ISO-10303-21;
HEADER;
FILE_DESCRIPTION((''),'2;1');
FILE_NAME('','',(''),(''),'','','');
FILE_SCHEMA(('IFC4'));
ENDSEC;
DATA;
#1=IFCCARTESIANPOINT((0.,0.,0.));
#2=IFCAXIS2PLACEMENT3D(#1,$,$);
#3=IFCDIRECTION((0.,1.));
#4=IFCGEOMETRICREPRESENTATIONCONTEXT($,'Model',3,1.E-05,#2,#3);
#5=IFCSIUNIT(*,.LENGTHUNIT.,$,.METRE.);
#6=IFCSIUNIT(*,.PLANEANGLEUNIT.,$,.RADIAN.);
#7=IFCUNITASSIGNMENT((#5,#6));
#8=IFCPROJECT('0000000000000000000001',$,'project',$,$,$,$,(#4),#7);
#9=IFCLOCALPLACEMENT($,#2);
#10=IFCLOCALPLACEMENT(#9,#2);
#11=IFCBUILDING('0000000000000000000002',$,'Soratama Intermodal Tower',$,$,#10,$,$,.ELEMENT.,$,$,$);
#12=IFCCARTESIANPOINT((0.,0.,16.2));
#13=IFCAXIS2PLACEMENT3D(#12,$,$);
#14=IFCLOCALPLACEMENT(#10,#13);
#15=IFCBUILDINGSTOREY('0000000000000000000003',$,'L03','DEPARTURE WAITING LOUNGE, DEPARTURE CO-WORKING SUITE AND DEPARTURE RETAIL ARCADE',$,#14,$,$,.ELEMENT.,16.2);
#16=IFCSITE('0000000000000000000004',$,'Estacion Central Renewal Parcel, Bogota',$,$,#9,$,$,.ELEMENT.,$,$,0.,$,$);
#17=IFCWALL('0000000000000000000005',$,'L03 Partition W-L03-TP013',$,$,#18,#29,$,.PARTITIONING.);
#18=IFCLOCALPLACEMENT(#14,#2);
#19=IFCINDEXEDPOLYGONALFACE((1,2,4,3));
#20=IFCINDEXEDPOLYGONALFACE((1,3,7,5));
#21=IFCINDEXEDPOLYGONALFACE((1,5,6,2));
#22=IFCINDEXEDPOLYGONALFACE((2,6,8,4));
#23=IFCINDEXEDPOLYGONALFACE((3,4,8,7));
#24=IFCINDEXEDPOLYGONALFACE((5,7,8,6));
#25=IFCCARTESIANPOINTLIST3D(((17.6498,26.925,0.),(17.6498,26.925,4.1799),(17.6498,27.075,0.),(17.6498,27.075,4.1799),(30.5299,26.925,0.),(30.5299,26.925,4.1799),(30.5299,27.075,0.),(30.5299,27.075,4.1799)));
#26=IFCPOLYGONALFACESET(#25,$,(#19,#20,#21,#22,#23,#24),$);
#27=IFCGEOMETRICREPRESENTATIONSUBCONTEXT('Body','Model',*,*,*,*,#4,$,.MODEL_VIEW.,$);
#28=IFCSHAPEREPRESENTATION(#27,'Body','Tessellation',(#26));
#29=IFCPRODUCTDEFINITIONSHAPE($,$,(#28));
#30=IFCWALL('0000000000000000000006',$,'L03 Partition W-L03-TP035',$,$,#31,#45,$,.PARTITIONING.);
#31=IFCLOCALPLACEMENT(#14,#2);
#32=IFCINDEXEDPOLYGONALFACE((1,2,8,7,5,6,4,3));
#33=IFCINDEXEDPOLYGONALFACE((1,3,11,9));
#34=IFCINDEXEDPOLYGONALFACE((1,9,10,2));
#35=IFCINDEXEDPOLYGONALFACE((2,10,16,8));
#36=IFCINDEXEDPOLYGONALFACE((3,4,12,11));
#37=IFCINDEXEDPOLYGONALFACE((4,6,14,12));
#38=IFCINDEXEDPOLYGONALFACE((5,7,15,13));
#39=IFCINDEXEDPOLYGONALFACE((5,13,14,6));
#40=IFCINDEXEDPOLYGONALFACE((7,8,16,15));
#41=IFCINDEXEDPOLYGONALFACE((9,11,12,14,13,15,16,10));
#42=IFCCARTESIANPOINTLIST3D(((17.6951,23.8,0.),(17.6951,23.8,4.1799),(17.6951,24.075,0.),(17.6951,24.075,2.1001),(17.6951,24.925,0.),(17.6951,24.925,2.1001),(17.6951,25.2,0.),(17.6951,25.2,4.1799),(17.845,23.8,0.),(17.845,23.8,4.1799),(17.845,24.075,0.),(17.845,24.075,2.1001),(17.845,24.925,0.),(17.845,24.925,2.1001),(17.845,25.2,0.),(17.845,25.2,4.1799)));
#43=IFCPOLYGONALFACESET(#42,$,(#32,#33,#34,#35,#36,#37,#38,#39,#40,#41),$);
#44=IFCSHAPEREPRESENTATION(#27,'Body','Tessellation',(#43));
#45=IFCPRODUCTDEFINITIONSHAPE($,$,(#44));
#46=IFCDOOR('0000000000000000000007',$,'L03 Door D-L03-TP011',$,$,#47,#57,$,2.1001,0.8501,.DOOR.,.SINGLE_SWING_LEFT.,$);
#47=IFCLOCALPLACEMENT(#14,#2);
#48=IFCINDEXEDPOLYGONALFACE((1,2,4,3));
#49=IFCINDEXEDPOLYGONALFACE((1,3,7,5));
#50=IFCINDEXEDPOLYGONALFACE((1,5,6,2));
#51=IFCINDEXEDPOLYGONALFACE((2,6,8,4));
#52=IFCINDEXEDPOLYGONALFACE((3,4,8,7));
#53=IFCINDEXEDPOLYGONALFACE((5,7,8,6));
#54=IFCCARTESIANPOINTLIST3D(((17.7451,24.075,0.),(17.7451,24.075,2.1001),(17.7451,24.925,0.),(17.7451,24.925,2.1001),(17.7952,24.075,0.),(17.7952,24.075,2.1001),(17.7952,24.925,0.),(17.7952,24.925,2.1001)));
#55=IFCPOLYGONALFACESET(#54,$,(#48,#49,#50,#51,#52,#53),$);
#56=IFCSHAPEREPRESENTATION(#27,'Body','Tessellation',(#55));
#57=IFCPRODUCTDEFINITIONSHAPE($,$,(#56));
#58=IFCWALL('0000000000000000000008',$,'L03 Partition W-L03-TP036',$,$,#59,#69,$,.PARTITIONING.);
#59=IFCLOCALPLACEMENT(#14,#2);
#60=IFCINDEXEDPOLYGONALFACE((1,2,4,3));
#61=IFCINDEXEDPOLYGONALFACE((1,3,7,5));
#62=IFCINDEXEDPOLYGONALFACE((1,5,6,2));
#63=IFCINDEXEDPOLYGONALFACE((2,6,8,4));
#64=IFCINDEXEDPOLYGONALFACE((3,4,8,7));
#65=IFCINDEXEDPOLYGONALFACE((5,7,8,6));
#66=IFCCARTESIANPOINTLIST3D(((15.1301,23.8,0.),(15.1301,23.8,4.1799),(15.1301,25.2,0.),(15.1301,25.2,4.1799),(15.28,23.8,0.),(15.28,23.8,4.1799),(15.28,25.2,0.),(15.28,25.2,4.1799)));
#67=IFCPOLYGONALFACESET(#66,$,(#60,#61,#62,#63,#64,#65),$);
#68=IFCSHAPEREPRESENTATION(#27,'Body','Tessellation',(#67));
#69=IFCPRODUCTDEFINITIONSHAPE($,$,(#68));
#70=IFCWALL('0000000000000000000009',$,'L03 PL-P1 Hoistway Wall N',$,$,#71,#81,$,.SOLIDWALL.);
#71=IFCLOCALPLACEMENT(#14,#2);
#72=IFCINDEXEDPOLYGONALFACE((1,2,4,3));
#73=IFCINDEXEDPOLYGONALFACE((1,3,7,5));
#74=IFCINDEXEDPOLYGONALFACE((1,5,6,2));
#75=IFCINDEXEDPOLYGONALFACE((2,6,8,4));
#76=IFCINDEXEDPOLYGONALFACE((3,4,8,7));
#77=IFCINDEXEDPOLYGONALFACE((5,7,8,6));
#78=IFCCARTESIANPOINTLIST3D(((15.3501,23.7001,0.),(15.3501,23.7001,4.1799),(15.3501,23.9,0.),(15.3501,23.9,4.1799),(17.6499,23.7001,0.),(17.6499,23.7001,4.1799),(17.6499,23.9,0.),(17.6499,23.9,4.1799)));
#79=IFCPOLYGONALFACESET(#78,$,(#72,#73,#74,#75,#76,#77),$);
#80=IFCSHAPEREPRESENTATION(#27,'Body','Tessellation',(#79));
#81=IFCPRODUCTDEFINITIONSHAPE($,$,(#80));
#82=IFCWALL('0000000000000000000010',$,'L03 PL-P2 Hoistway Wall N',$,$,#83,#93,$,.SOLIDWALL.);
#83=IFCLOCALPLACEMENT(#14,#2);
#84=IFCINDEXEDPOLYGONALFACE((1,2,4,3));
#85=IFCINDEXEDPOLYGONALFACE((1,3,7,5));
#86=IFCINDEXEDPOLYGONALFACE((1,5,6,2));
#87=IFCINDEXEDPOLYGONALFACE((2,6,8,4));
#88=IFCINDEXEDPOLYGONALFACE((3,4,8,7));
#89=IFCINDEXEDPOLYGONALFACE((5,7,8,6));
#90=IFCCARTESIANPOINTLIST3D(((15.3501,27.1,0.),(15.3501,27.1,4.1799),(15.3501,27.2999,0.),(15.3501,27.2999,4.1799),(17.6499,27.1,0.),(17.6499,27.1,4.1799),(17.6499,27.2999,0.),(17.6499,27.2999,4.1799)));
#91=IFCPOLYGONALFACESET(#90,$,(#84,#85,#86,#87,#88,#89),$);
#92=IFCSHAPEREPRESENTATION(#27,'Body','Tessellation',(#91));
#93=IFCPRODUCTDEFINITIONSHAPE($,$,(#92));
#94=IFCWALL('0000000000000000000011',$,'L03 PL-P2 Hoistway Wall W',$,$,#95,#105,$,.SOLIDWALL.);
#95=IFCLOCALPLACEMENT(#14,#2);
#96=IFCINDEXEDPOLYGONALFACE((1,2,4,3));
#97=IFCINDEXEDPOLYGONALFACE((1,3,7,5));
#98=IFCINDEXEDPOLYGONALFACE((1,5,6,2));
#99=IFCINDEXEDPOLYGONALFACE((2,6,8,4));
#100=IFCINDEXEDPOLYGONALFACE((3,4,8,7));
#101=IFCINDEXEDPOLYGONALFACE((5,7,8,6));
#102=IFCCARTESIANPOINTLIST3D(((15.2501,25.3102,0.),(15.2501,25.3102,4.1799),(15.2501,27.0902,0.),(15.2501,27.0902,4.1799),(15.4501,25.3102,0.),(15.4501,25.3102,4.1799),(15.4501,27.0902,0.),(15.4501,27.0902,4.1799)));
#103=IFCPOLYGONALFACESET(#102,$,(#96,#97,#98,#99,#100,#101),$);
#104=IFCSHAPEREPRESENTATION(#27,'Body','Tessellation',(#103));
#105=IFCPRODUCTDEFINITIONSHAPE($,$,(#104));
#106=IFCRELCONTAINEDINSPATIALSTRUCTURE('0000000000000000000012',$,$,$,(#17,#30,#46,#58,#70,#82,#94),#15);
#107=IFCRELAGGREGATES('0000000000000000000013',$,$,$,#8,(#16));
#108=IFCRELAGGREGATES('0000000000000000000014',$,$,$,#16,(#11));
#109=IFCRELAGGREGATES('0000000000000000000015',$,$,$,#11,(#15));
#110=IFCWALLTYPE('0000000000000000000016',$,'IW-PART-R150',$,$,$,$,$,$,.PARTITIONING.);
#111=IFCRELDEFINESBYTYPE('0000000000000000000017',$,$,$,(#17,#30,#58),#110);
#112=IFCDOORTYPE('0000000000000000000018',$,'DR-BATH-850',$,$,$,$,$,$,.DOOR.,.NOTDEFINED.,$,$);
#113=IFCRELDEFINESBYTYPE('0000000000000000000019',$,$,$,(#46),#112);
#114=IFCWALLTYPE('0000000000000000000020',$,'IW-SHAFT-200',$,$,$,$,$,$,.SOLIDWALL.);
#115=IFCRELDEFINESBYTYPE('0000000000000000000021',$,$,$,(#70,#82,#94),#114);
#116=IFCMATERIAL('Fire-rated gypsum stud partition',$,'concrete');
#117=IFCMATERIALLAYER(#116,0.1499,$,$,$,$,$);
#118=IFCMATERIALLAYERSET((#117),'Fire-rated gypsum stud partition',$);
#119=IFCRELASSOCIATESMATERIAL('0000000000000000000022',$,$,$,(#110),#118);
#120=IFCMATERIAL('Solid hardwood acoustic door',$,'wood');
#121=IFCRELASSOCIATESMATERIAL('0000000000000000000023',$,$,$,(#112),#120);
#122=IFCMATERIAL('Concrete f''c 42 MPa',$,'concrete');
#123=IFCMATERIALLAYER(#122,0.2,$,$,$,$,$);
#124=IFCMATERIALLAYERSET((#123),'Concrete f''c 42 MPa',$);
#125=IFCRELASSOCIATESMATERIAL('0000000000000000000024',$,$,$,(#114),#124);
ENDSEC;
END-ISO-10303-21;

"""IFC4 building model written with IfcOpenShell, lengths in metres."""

from ifc_helpers import new_model, si_unit, direction, frame, frame_2d, origin, place, context, subcontext, project, spatial, rectangle, extrude, material, layer, layer_set, type_object, element, fill, save


model = new_model("IFC4")

# Units and contexts
model_context = context("Model", 3, precision=1e-05, world=origin(), true_north=direction((0.0, 1.0)))
body_context = subcontext(model_context, "Body", "Model", "MODEL_VIEW")
ifc_project = project(units=[si_unit("LENGTHUNIT", "METRE"), si_unit("PLANEANGLEUNIT", "RADIAN")], contexts=[model_context])

# Site, building, storey
site_placement = place(None, origin())
site = spatial("IfcSite", under=ifc_project, at=site_placement, Name="Estacion Central Renewal Parcel, Bogota", CompositionType="ELEMENT", RefElevation=0.0)
building_placement = place(site_placement, origin())
building = spatial("IfcBuilding", under=site, at=building_placement, Name="Soratama Intermodal Tower", CompositionType="ELEMENT")
storey_placement = place(building_placement, frame((0.0, 0.0, 16.2)))
storey = spatial("IfcBuildingStorey", under=building, at=storey_placement, Name="L03", Description="DEPARTURE WAITING LOUNGE, DEPARTURE CO-WORKING SUITE AND DEPARTURE RETAIL ARCADE", CompositionType="ELEMENT", Elevation=16.2)

# Wall
ifc_material_1 = material(Name="Fire-rated gypsum stud partition", Category="concrete")
ifc_layer_1 = layer(ifc_material_1, 0.1499)
ifc_layer_set_1 = layer_set([ifc_layer_1], Name="Fire-rated gypsum stud partition")
wall_type_1 = type_object("IfcWallType", Name="IW-PART-R150", PredefinedType="PARTITIONING", material=ifc_layer_set_1)
wall_1_placement = place(storey_placement, frame((17.6499, 27.0, 0.0), z_axis=(0.0, 0.0, 1.0), x_axis=(1.0, 0.0, 0.0)))
element("IfcWall", 1, at=wall_1_placement, inside=storey, type_object=wall_type_1, Name="L03 Partition W-L03-TP013", PredefinedType="PARTITIONING", context=body_context, shape_type="SweptSolid", body=[
    extrude(rectangle(XDim=12.8801, YDim=0.1499, at=frame_2d((6.4399, 0.0))), origin(), (0.0, 0.0, 1.0), 4.1799),
])

# Wall, opening, door
wall_2_placement = place(storey_placement, frame((17.77, 23.8, 0.0), z_axis=(0.0, 0.0, 1.0), x_axis=(0.0, 1.0, 0.0)))
wall_2 = element("IfcWall", 2, at=wall_2_placement, inside=storey, type_object=wall_type_1, Name="L03 Partition W-L03-TP035", PredefinedType="PARTITIONING", context=body_context, shape_type="SweptSolid", body=[
    extrude(rectangle(XDim=1.3999, YDim=0.1499, at=frame_2d((0.7, 0.0))), origin(), (0.0, 0.0, 1.0), 4.1799),
])
opening_1_placement = place(wall_2_placement, frame((0.2749, 0.0, 0.0)))
opening_1 = element("IfcOpeningElement", 3, at=opening_1_placement, cuts=wall_2, PredefinedType="OPENING", context=body_context, shape_type="SweptSolid", body=[
    extrude(rectangle(XDim=0.8501, YDim=2.1001, at=frame_2d((0.425, 1.05))), frame((0.0, 0.085, 0.0), z_axis=(0.0, -1.0, 0.0), x_axis=(1.0, 0.0, 0.0)), (0.0, 0.0, 1.0), 0.1699),
])
ifc_material_2 = material(Name="Solid hardwood acoustic door", Category="wood")
door_type_1 = type_object("IfcDoorType", Name="DR-BATH-850", OperationType="NOTDEFINED", PredefinedType="DOOR", material=ifc_material_2)
door_1_placement = place(opening_1_placement, origin())
door_1 = element("IfcDoor", 4, at=door_1_placement, inside=storey, type_object=door_type_1, Name="L03 Door D-L03-TP011", OperationType="SINGLE_SWING_LEFT", OverallHeight=2.1001, OverallWidth=0.8501, PredefinedType="DOOR", context=body_context, shape_type="SweptSolid", body=[
    extrude(rectangle(XDim=0.8501, YDim=2.1001, at=frame_2d((0.425, 1.05))), frame((0.0, 0.0249, 0.0), z_axis=(0.0, -1.0, 0.0), x_axis=(1.0, 0.0, 0.0)), (0.0, 0.0, 1.0), 0.05),
])
fill(opening_1, door_1)

# Walls
wall_3_placement = place(storey_placement, frame((15.2051, 23.8, 0.0), z_axis=(0.0, 0.0, 1.0), x_axis=(0.0, 1.0, 0.0)))
element("IfcWall", 5, at=wall_3_placement, inside=storey, type_object=wall_type_1, Name="L03 Partition W-L03-TP036", PredefinedType="PARTITIONING", context=body_context, shape_type="SweptSolid", body=[
    extrude(rectangle(XDim=1.3999, YDim=0.1499, at=frame_2d((0.7, 0.0))), origin(), (0.0, 0.0, 1.0), 4.1799),
])
ifc_material_3 = material(Name="Concrete f'c 42 MPa", Category="concrete")
ifc_layer_2 = layer(ifc_material_3, 0.2)
ifc_layer_set_2 = layer_set([ifc_layer_2], Name="Concrete f'c 42 MPa")
wall_type_2 = type_object("IfcWallType", Name="IW-SHAFT-200", PredefinedType="SOLIDWALL", material=ifc_layer_set_2)
for number, where, z_axis, x_axis, name in (
    (6, (15.3501, 23.8, 0.0), (0.0, 0.0, 1.0), (1.0, 0.0, 0.0), "L03 PL-P1 Hoistway Wall N"),
    (7, (15.3501, 27.2, 0.0), (0.0, 0.0, 1.0), (1.0, 0.0, 0.0), "L03 PL-P2 Hoistway Wall N"),
):
    element("IfcWall", number, at=place(storey_placement, frame(where, z_axis=z_axis, x_axis=x_axis)), inside=storey, type_object=wall_type_2, Name=name, PredefinedType="SOLIDWALL", context=body_context, shape_type="SweptSolid", body=[
        extrude(rectangle(XDim=2.2998, YDim=0.2, at=frame_2d((1.1499, 0.0))), origin(), (0.0, 0.0, 1.0), 4.1799),
    ])
wall_4_placement = place(storey_placement, frame((15.3501, 25.3101, 0.0), z_axis=(0.0, 0.0, 1.0), x_axis=(0.0, 1.0, 0.0)))
element("IfcWall", 8, at=wall_4_placement, inside=storey, type_object=wall_type_2, Name="L03 PL-P2 Hoistway Wall W", PredefinedType="SOLIDWALL", context=body_context, shape_type="SweptSolid", body=[
    extrude(rectangle(XDim=1.78, YDim=0.2, at=frame_2d((0.8901, 0.0))), origin(), (0.0, 0.0, 1.0), 4.1799),
])

save(model, "model.ifc")
